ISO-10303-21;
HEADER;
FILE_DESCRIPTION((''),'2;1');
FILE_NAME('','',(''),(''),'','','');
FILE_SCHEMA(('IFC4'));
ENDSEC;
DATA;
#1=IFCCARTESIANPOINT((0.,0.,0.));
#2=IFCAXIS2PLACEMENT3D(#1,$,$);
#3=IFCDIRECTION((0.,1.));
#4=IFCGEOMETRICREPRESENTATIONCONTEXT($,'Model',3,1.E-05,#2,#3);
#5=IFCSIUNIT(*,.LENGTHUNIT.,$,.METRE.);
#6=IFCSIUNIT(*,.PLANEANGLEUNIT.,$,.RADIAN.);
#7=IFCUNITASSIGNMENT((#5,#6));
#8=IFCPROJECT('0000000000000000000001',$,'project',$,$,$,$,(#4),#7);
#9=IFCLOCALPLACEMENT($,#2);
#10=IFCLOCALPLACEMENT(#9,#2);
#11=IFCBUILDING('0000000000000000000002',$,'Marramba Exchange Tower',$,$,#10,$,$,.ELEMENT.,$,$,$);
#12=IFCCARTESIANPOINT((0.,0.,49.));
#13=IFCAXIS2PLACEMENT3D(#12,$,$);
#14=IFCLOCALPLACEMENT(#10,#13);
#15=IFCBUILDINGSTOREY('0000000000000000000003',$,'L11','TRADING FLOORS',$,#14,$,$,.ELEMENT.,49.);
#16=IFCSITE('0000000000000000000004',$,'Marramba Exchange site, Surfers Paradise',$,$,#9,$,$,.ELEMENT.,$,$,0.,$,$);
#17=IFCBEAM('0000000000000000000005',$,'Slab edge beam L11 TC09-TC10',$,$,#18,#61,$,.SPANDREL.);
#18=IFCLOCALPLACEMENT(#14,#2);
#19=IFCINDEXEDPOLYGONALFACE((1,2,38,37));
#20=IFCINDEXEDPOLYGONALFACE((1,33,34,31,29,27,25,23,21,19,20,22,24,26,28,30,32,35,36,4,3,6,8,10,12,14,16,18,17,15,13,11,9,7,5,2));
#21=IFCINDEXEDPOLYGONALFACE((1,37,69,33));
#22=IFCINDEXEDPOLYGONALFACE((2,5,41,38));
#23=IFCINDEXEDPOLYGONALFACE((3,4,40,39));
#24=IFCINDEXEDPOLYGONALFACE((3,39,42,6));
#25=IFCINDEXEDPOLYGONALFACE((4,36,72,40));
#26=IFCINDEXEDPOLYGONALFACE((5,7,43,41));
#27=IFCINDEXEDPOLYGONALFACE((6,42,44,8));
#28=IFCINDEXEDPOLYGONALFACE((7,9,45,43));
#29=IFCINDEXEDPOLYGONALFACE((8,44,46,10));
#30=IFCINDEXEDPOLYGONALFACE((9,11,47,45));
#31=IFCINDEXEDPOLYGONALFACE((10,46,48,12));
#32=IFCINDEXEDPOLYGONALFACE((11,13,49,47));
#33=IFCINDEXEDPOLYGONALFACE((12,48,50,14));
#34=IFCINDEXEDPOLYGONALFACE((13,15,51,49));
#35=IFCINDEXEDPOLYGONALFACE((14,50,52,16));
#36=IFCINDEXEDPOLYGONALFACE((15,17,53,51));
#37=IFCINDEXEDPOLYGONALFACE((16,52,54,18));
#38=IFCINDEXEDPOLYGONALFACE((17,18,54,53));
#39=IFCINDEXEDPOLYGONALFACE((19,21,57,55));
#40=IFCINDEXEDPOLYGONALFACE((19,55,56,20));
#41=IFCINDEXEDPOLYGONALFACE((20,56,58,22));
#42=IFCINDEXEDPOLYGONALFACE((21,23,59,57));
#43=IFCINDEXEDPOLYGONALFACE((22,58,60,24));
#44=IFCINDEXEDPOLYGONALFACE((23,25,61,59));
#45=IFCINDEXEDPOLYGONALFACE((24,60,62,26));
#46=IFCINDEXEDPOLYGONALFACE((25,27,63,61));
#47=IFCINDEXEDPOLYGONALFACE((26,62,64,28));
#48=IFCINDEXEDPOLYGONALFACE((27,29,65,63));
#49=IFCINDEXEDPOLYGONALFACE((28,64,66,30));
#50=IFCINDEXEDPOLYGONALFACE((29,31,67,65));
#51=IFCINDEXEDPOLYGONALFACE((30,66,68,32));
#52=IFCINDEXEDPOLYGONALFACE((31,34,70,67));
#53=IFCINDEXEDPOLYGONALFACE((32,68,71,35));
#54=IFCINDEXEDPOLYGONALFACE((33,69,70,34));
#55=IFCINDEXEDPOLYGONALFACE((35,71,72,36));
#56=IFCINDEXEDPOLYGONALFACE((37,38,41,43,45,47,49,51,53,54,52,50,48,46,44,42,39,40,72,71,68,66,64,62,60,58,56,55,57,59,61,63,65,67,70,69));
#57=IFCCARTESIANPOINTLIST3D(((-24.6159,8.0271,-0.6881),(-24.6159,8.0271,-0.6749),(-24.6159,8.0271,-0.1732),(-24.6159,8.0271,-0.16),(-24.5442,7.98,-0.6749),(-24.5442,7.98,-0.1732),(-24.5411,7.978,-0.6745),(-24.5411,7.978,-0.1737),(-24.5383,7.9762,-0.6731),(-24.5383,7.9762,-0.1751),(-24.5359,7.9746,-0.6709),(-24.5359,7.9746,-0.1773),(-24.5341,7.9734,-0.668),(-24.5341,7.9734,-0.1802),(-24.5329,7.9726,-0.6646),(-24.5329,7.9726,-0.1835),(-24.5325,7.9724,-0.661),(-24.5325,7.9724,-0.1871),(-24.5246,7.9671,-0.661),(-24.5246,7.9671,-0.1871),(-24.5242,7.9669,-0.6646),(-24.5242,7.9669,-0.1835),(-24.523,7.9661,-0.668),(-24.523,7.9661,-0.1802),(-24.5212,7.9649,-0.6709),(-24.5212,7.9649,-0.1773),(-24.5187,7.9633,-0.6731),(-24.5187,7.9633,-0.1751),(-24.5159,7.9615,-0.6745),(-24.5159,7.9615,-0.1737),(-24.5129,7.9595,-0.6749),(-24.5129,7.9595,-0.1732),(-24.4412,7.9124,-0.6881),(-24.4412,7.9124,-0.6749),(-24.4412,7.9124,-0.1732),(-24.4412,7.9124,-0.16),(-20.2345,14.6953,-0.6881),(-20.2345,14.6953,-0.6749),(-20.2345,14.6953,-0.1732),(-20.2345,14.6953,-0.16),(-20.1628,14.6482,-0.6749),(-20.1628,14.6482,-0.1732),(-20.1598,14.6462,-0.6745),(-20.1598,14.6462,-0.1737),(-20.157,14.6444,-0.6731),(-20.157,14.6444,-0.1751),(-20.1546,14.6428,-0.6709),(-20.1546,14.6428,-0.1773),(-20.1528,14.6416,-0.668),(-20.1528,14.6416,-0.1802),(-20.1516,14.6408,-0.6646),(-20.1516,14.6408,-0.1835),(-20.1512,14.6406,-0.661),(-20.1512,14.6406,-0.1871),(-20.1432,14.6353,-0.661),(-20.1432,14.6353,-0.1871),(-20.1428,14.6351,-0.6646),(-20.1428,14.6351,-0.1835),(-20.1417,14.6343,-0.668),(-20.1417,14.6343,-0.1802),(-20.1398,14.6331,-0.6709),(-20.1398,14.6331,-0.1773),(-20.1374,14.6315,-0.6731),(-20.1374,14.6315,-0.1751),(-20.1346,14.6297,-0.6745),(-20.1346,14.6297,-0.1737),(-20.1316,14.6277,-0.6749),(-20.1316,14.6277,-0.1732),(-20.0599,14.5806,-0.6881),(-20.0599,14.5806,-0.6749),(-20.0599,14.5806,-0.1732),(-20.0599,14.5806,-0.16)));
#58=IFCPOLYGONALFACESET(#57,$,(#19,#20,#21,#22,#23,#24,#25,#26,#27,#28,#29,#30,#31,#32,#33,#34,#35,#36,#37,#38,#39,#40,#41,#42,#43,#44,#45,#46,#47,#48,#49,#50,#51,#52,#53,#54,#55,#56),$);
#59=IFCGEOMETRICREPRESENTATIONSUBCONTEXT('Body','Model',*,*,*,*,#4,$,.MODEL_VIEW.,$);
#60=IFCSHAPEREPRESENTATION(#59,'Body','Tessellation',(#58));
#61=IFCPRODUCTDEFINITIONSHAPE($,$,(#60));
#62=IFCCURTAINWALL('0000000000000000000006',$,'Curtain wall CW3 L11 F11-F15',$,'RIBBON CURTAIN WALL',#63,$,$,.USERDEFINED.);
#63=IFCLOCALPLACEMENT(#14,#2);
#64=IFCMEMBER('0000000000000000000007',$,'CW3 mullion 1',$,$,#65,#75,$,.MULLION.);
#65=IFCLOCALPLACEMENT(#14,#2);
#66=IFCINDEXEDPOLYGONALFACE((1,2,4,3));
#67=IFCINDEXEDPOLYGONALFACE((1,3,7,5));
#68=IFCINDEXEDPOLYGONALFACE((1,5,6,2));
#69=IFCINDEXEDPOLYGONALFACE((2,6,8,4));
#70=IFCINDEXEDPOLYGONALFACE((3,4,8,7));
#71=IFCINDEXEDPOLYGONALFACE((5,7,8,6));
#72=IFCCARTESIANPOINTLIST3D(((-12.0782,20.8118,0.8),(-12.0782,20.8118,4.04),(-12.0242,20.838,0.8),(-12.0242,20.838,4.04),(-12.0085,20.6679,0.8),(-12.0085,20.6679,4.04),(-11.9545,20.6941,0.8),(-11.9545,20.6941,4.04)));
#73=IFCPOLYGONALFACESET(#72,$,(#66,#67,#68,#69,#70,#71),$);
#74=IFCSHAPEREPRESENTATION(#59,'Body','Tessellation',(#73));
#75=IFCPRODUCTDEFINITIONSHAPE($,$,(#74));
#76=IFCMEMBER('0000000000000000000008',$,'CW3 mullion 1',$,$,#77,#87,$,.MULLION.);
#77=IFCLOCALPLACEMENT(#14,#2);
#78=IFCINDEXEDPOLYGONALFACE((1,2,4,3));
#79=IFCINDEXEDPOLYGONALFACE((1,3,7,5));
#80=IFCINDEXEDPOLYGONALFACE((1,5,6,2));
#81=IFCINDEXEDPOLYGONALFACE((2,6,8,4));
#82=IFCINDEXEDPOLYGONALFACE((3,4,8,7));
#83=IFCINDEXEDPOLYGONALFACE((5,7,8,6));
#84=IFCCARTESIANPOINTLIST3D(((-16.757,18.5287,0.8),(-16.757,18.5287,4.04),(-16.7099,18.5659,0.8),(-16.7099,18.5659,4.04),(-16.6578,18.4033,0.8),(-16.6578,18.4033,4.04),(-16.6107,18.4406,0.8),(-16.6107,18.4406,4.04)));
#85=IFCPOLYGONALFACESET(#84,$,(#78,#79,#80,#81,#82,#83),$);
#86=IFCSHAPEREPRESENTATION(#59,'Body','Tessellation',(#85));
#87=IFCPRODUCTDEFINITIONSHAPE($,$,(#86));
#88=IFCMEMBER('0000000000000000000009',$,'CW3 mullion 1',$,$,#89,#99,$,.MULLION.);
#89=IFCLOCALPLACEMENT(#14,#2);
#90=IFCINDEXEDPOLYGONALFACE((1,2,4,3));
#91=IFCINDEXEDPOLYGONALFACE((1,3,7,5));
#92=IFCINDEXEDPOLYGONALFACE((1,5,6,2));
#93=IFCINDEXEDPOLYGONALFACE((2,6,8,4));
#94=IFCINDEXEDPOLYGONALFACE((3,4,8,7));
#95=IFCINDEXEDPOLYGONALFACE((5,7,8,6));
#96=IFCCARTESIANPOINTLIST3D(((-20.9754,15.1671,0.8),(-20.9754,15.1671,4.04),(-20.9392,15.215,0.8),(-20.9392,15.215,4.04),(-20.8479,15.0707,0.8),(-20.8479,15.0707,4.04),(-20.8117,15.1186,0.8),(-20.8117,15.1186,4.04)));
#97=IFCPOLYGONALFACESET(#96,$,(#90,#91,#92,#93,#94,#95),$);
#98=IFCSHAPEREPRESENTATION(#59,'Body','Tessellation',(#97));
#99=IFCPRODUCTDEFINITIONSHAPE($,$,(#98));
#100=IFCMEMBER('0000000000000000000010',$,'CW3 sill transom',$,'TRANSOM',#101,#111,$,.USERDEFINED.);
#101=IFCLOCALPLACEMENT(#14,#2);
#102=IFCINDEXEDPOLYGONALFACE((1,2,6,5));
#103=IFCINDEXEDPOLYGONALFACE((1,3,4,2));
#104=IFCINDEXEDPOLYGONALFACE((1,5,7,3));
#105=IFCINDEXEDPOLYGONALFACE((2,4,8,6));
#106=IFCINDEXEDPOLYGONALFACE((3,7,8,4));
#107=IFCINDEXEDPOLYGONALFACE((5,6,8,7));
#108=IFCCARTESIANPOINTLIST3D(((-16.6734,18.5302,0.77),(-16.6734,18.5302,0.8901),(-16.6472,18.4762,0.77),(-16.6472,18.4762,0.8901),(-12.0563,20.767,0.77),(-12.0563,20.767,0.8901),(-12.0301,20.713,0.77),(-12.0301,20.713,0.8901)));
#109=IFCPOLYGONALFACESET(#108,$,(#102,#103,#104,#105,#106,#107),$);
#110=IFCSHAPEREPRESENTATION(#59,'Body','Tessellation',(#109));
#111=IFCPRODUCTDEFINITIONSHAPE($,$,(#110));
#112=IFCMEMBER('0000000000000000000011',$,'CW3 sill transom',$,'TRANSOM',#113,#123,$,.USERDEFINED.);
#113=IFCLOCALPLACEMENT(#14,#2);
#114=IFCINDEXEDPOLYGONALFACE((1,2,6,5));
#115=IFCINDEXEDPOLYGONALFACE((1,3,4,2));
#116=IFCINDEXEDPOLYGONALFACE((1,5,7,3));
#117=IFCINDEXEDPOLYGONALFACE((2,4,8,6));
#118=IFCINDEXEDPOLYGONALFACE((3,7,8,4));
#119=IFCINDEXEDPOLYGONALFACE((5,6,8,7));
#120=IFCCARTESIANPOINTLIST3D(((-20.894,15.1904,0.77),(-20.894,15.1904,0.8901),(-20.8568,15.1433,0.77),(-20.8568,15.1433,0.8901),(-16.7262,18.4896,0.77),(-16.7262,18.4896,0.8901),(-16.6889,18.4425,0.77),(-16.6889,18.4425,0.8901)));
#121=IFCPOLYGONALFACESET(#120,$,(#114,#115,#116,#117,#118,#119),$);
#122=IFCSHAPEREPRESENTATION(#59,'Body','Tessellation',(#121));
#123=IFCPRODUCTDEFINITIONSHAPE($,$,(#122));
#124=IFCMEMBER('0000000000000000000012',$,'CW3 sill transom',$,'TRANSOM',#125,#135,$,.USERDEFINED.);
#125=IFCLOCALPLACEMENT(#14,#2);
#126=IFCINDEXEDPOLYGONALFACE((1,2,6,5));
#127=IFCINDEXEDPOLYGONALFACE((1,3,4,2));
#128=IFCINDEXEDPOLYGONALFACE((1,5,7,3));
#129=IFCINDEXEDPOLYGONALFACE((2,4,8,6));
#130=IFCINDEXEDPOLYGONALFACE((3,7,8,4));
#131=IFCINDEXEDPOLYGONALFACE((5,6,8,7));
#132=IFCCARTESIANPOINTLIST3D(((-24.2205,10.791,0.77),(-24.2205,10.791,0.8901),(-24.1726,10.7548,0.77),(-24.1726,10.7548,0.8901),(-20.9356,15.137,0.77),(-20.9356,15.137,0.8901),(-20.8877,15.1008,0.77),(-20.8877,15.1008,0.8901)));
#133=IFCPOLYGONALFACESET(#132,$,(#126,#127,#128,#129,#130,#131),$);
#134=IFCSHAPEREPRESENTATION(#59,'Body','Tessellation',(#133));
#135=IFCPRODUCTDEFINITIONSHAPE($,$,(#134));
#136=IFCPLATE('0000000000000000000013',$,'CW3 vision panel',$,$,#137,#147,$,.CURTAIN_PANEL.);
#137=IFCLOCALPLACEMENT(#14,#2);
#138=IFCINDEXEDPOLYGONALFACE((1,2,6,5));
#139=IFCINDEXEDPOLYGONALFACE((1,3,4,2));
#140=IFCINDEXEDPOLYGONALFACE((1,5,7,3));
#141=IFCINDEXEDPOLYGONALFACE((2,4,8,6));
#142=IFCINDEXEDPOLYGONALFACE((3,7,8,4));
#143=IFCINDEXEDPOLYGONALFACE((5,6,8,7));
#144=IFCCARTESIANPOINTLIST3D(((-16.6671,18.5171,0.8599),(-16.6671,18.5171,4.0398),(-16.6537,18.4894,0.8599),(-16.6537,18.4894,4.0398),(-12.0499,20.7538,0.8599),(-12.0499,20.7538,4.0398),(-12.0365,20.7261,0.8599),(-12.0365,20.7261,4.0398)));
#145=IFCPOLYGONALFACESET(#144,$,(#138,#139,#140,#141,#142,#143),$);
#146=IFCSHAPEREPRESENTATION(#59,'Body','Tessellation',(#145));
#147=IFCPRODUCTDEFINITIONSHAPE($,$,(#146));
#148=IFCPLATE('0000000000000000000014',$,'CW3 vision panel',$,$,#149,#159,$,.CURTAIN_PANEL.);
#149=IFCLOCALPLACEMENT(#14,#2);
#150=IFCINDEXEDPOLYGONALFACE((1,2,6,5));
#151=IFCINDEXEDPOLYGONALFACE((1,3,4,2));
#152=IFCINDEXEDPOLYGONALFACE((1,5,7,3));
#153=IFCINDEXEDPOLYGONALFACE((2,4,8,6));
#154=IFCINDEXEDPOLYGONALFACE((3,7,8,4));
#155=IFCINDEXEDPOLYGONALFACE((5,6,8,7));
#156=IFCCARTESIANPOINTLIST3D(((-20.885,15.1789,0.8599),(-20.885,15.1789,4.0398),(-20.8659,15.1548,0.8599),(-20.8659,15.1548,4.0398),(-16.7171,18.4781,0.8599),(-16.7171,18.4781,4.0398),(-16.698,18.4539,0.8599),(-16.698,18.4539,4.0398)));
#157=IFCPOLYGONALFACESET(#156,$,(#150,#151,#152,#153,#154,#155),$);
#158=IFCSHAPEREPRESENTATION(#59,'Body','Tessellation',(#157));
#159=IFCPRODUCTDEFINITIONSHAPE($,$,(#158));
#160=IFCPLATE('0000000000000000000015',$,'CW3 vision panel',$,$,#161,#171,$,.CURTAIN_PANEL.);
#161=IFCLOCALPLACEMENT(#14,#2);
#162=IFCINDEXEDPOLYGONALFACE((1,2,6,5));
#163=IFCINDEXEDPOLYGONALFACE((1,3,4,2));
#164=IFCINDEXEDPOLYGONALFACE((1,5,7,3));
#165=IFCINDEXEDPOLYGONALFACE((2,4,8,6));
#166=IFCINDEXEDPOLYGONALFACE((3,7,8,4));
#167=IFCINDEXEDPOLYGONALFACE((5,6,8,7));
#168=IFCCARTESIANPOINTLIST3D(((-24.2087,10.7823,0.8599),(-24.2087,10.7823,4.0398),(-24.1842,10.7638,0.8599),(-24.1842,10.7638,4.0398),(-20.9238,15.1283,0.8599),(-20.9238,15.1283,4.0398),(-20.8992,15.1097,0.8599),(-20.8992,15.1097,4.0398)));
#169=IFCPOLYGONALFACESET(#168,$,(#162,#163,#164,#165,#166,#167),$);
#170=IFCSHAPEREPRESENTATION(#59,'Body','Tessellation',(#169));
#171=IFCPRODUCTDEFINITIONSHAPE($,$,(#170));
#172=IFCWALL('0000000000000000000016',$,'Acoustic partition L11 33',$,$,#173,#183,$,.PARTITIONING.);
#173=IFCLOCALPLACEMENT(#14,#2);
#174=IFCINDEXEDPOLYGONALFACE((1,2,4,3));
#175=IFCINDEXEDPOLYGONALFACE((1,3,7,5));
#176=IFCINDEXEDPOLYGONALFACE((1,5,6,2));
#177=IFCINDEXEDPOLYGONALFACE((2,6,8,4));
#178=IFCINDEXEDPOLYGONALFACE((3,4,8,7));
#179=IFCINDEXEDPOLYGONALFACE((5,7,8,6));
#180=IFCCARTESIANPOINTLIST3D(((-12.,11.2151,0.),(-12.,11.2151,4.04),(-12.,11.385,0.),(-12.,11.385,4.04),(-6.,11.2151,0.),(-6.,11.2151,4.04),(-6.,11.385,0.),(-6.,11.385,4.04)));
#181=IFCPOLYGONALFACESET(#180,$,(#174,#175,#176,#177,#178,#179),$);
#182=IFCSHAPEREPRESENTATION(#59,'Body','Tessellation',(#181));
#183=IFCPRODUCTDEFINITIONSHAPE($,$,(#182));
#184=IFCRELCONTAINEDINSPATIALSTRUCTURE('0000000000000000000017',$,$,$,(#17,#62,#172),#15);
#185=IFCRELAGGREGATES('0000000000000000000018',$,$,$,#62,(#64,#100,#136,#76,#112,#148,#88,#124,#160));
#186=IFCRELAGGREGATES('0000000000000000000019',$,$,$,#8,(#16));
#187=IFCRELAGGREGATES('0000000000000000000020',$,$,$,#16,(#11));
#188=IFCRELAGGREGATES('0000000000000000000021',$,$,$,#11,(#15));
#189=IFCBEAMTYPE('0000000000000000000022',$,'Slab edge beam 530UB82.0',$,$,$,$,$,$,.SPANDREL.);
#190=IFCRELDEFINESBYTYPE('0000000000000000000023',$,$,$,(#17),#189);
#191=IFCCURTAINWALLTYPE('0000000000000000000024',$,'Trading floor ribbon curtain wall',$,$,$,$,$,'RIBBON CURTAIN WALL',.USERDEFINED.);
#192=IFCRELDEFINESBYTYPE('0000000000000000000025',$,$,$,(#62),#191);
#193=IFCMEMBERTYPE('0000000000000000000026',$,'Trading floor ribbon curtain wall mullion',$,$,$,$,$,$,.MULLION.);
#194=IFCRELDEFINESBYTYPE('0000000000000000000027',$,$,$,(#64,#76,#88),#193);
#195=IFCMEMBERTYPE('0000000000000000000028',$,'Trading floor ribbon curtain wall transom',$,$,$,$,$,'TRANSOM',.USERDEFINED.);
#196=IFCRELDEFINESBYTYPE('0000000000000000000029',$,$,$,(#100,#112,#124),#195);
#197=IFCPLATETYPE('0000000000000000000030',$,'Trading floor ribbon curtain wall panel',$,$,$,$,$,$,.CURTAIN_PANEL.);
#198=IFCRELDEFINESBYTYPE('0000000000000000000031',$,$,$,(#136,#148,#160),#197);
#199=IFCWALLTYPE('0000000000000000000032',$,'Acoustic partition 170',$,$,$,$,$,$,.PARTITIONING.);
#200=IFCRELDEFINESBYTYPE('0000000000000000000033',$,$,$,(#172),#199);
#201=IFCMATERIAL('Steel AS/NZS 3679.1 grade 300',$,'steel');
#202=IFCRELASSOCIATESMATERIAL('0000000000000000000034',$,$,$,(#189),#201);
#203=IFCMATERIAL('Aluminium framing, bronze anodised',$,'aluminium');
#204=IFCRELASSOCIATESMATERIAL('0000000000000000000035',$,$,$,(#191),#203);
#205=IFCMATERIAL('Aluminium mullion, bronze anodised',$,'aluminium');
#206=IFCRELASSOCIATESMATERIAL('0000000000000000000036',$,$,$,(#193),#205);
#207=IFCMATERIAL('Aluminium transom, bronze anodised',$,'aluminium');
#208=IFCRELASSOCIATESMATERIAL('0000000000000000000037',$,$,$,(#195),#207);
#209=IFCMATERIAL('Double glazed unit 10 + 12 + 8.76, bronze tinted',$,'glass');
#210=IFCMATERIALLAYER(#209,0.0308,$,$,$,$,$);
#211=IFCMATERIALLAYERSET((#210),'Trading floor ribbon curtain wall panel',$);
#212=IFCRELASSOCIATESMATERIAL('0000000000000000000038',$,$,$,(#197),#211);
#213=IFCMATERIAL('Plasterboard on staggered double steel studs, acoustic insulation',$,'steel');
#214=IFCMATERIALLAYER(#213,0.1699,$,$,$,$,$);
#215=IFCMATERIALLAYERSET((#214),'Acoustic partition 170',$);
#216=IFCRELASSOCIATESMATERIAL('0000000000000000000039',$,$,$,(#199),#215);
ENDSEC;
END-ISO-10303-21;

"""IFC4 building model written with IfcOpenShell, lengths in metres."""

from ifc_helpers import new_model, si_unit, direction, frame, frame_2d, origin, origin_2d, place, context, subcontext, project, spatial, rectangle, i_section, extrude, material, layer, layer_set, material_profile, profile_set, type_object, element, aggregate, save


model = new_model("IFC4")

# Units and contexts
model_context = context("Model", 3, precision=1e-05, world=origin(), true_north=direction((0.0, 1.0)))
body_context = subcontext(model_context, "Body", "Model", "MODEL_VIEW")
ifc_project = project(units=[si_unit("LENGTHUNIT", "METRE"), si_unit("PLANEANGLEUNIT", "RADIAN")], contexts=[model_context])

# Site, building, storey
site_placement = place(None, origin())
site = spatial("IfcSite", under=ifc_project, at=site_placement, Name="Marramba Exchange site, Surfers Paradise", CompositionType="ELEMENT", RefElevation=0.0)
building_placement = place(site_placement, origin())
building = spatial("IfcBuilding", under=site, at=building_placement, Name="Marramba Exchange Tower", CompositionType="ELEMENT")
storey_placement = place(building_placement, frame((0.0, 0.0, 49.0)))
storey = spatial("IfcBuildingStorey", under=building, at=storey_placement, Name="L11", Description="TRADING FLOORS", CompositionType="ELEMENT", Elevation=49.0)

# Beam
ifc_material_1 = material(Name="Steel AS/NZS 3679.1 grade 300", Category="steel")
ifc_material_profile_1 = material_profile(ifc_material_1, i_section(OverallWidth=0.209, OverallDepth=0.5281, WebThickness=0.0095, FlangeThickness=0.0132, FilletRadius=0.0139, at=origin_2d()), Name="530UB82.0")
ifc_profile_set_1 = profile_set([ifc_material_profile_1], Name="Steel AS/NZS 3679.1 grade 300")
beam_type_1 = type_object("IfcBeamType", Name="Slab edge beam 530UB82.0", PredefinedType="SPANDREL", material=ifc_profile_set_1)
beam_1_placement = place(storey_placement, frame((-20.1472, 14.6379, -0.4241), z_axis=(-0.549124, -0.835741, 0.0), x_axis=(0.835741, -0.549124, 0.0)))
element("IfcBeam", 1, at=beam_1_placement, inside=storey, type_object=beam_type_1, Name="Slab edge beam L11 TC09-TC10", PredefinedType="SPANDREL", context=body_context, shape_type="SweptSolid", body=[
    extrude(i_section(OverallWidth=0.209, OverallDepth=0.5281, WebThickness=0.0095, FlangeThickness=0.0132, FilletRadius=0.0139, at=origin_2d()), origin(), (0.0, 0.0, 1.0), 7.9788),
])

# Curtain wall, members, plates
ifc_material_2 = material(Name="Aluminium framing, bronze anodised", Category="aluminium")
curtain_wall_type = type_object("IfcCurtainWallType", Name="Trading floor ribbon curtain wall", ElementType="RIBBON CURTAIN WALL", PredefinedType="USERDEFINED", material=ifc_material_2)
curtain_wall_placement = place(storey_placement, origin())
curtain_wall = element("IfcCurtainWall", 2, at=curtain_wall_placement, inside=storey, type_object=curtain_wall_type, Name="Curtain wall CW3 L11 F11-F15", ObjectType="RIBBON CURTAIN WALL", PredefinedType="USERDEFINED")
ifc_material_3 = material(Name="Aluminium mullion, bronze anodised", Category="aluminium")
ifc_material_profile_2 = material_profile(ifc_material_3, rectangle(XDim=0.1599, YDim=0.0601, at=origin_2d()), Name="CW3 mullion 60x160")
ifc_profile_set_2 = profile_set([ifc_material_profile_2], Name="Aluminium mullion, bronze anodised")
member_type_1 = type_object("IfcMemberType", Name="Trading floor ribbon curtain wall mullion", PredefinedType="MULLION", material=ifc_profile_set_2)
member_1_placement = place(storey_placement, frame((-12.0164, 20.7529, 0.8), z_axis=(0.0, 0.0, 1.0), x_axis=(0.435965, -0.899963, 0.0)))
member_1 = element("IfcMember", 3, at=member_1_placement, type_object=member_type_1, Name="CW3 mullion 1", PredefinedType="MULLION", context=body_context, shape_type="SweptSolid", body=[
    extrude(rectangle(XDim=0.1599, YDim=0.0601, at=origin_2d()), origin(), (0.0, 0.0, 1.0), 3.24),
])
member_2_placement = place(storey_placement, frame((-16.6838, 18.4846, 0.8), z_axis=(0.0, 0.0, 1.0), x_axis=(0.62065, -0.784088, 0.0)))
member_2 = element("IfcMember", 4, at=member_2_placement, type_object=member_type_1, Name="CW3 mullion 1", PredefinedType="MULLION", context=body_context, shape_type="SweptSolid", body=[
    extrude(rectangle(XDim=0.1599, YDim=0.0601, at=origin_2d()), origin(), (0.0, 0.0, 1.0), 3.24),
])
member_3_placement = place(storey_placement, frame((-20.8936, 15.1428, 0.8), z_axis=(0.0, 0.0, 1.0), x_axis=(0.797749, -0.60299, 0.0)))
member_3 = element("IfcMember", 5, at=member_3_placement, type_object=member_type_1, Name="CW3 mullion 1", PredefinedType="MULLION", context=body_context, shape_type="SweptSolid", body=[
    extrude(rectangle(XDim=0.1599, YDim=0.0601, at=origin_2d()), origin(), (0.0, 0.0, 1.0), 3.24),
])
ifc_material_4 = material(Name="Aluminium transom, bronze anodised", Category="aluminium")
ifc_material_profile_3 = material_profile(ifc_material_4, rectangle(XDim=0.0601, YDim=0.1201, at=origin_2d()), Name="CW3 transom 60x120")
ifc_profile_set_3 = profile_set([ifc_material_profile_3], Name="Aluminium transom, bronze anodised")
member_type_2 = type_object("IfcMemberType", Name="Trading floor ribbon curtain wall transom", ElementType="TRANSOM", PredefinedType="USERDEFINED", material=ifc_profile_set_3)
member_4_placement = place(storey_placement, frame((-12.0432, 20.74, 0.8301), z_axis=(-0.899953, -0.435986, 0.0), x_axis=(0.435986, -0.899953, 0.0)))
member_4 = element("IfcMember", 6, at=member_4_placement, type_object=member_type_2, Name="CW3 sill transom", ObjectType="TRANSOM", PredefinedType="USERDEFINED", context=body_context, shape_type="SweptSolid", body=[
    extrude(rectangle(XDim=0.0601, YDim=0.1201, at=origin_2d()), origin(), (0.0, 0.0, 1.0), 5.1304),
])
member_5_placement = place(storey_placement, frame((-16.7075, 18.4661, 0.8301), z_axis=(-0.784076, -0.620665, 0.0), x_axis=(0.620665, -0.784076, 0.0)))
member_5 = element("IfcMember", 7, at=member_5_placement, type_object=member_type_2, Name="CW3 sill transom", ObjectType="TRANSOM", PredefinedType="USERDEFINED", context=body_context, shape_type="SweptSolid", body=[
    extrude(rectangle(XDim=0.0601, YDim=0.1201, at=origin_2d()), origin(), (0.0, 0.0, 1.0), 5.3157),
])
member_6_placement = place(storey_placement, frame((-20.9116, 15.1189, 0.8301), z_axis=(-0.602986, -0.797752, 0.0), x_axis=(0.797752, -0.602986, 0.0)))
member_6 = element("IfcMember", 8, at=member_6_placement, type_object=member_type_2, Name="CW3 sill transom", ObjectType="TRANSOM", PredefinedType="USERDEFINED", context=body_context, shape_type="SweptSolid", body=[
    extrude(rectangle(XDim=0.0601, YDim=0.1201, at=origin_2d()), origin(), (0.0, 0.0, 1.0), 5.4478),
])
ifc_material_5 = material(Name="Double glazed unit 10 + 12 + 8.76, bronze tinted", Category="glass")
ifc_layer_1 = layer(ifc_material_5, 0.0308)
ifc_layer_set_1 = layer_set([ifc_layer_1], Name="Trading floor ribbon curtain wall panel")
plate_type = type_object("IfcPlateType", Name="Trading floor ribbon curtain wall panel", PredefinedType="CURTAIN_PANEL", material=ifc_layer_set_1)
plate_1_placement = place(storey_placement, frame((-14.3518, 19.6216, 0.8599), z_axis=(0.0, 0.0, 1.0), x_axis=(-0.899963, -0.435965, 0.0)))
plate_1 = element("IfcPlate", 9, at=plate_1_placement, type_object=plate_type, Name="CW3 vision panel", PredefinedType="CURTAIN_PANEL", context=body_context, shape_type="SweptSolid", body=[
    extrude(rectangle(XDim=5.1304, YDim=0.0308, at=origin_2d()), origin(), (0.0, 0.0, 1.0), 3.1799),
])
plate_2_placement = place(storey_placement, frame((-18.7915, 16.8164, 0.8599), z_axis=(0.0, 0.0, 1.0), x_axis=(-0.784088, -0.62065, 0.0)))
plate_2 = element("IfcPlate", 10, at=plate_2_placement, type_object=plate_type, Name="CW3 vision panel", PredefinedType="CURTAIN_PANEL", context=body_context, shape_type="SweptSolid", body=[
    extrude(rectangle(XDim=5.3157, YDim=0.0308, at=origin_2d()), origin(), (0.0, 0.0, 1.0), 3.1799),
])
plate_3_placement = place(storey_placement, frame((-22.554, 12.946, 0.8599), z_axis=(0.0, 0.0, 1.0), x_axis=(-0.60299, -0.797749, 0.0)))
plate_3 = element("IfcPlate", 11, at=plate_3_placement, type_object=plate_type, Name="CW3 vision panel", PredefinedType="CURTAIN_PANEL", context=body_context, shape_type="SweptSolid", body=[
    extrude(rectangle(XDim=5.4478, YDim=0.0308, at=origin_2d()), origin(), (0.0, 0.0, 1.0), 3.1799),
])
aggregate(curtain_wall, [member_1, member_4, plate_1, member_2, member_5, plate_2, member_3, member_6, plate_3])

# Wall
ifc_material_6 = material(Name="Plasterboard on staggered double steel studs, acoustic insulation", Category="steel")
ifc_layer_2 = layer(ifc_material_6, 0.1699)
ifc_layer_set_2 = layer_set([ifc_layer_2], Name="Acoustic partition 170")
wall_type_1 = type_object("IfcWallType", Name="Acoustic partition 170", PredefinedType="PARTITIONING", material=ifc_layer_set_2)
wall_1_placement = place(storey_placement, frame((-12.0, 11.3, 0.0), z_axis=(0.0, 0.0, 1.0), x_axis=(1.0, 0.0, 0.0)))
element("IfcWall", 12, at=wall_1_placement, inside=storey, type_object=wall_type_1, Name="Acoustic partition L11 33", PredefinedType="PARTITIONING", context=body_context, shape_type="SweptSolid", body=[
    extrude(rectangle(XDim=6.0, YDim=0.1699, at=frame_2d((3.0, 0.0))), origin(), (0.0, 0.0, 1.0), 4.04),
])

save(model, "model.ifc")
